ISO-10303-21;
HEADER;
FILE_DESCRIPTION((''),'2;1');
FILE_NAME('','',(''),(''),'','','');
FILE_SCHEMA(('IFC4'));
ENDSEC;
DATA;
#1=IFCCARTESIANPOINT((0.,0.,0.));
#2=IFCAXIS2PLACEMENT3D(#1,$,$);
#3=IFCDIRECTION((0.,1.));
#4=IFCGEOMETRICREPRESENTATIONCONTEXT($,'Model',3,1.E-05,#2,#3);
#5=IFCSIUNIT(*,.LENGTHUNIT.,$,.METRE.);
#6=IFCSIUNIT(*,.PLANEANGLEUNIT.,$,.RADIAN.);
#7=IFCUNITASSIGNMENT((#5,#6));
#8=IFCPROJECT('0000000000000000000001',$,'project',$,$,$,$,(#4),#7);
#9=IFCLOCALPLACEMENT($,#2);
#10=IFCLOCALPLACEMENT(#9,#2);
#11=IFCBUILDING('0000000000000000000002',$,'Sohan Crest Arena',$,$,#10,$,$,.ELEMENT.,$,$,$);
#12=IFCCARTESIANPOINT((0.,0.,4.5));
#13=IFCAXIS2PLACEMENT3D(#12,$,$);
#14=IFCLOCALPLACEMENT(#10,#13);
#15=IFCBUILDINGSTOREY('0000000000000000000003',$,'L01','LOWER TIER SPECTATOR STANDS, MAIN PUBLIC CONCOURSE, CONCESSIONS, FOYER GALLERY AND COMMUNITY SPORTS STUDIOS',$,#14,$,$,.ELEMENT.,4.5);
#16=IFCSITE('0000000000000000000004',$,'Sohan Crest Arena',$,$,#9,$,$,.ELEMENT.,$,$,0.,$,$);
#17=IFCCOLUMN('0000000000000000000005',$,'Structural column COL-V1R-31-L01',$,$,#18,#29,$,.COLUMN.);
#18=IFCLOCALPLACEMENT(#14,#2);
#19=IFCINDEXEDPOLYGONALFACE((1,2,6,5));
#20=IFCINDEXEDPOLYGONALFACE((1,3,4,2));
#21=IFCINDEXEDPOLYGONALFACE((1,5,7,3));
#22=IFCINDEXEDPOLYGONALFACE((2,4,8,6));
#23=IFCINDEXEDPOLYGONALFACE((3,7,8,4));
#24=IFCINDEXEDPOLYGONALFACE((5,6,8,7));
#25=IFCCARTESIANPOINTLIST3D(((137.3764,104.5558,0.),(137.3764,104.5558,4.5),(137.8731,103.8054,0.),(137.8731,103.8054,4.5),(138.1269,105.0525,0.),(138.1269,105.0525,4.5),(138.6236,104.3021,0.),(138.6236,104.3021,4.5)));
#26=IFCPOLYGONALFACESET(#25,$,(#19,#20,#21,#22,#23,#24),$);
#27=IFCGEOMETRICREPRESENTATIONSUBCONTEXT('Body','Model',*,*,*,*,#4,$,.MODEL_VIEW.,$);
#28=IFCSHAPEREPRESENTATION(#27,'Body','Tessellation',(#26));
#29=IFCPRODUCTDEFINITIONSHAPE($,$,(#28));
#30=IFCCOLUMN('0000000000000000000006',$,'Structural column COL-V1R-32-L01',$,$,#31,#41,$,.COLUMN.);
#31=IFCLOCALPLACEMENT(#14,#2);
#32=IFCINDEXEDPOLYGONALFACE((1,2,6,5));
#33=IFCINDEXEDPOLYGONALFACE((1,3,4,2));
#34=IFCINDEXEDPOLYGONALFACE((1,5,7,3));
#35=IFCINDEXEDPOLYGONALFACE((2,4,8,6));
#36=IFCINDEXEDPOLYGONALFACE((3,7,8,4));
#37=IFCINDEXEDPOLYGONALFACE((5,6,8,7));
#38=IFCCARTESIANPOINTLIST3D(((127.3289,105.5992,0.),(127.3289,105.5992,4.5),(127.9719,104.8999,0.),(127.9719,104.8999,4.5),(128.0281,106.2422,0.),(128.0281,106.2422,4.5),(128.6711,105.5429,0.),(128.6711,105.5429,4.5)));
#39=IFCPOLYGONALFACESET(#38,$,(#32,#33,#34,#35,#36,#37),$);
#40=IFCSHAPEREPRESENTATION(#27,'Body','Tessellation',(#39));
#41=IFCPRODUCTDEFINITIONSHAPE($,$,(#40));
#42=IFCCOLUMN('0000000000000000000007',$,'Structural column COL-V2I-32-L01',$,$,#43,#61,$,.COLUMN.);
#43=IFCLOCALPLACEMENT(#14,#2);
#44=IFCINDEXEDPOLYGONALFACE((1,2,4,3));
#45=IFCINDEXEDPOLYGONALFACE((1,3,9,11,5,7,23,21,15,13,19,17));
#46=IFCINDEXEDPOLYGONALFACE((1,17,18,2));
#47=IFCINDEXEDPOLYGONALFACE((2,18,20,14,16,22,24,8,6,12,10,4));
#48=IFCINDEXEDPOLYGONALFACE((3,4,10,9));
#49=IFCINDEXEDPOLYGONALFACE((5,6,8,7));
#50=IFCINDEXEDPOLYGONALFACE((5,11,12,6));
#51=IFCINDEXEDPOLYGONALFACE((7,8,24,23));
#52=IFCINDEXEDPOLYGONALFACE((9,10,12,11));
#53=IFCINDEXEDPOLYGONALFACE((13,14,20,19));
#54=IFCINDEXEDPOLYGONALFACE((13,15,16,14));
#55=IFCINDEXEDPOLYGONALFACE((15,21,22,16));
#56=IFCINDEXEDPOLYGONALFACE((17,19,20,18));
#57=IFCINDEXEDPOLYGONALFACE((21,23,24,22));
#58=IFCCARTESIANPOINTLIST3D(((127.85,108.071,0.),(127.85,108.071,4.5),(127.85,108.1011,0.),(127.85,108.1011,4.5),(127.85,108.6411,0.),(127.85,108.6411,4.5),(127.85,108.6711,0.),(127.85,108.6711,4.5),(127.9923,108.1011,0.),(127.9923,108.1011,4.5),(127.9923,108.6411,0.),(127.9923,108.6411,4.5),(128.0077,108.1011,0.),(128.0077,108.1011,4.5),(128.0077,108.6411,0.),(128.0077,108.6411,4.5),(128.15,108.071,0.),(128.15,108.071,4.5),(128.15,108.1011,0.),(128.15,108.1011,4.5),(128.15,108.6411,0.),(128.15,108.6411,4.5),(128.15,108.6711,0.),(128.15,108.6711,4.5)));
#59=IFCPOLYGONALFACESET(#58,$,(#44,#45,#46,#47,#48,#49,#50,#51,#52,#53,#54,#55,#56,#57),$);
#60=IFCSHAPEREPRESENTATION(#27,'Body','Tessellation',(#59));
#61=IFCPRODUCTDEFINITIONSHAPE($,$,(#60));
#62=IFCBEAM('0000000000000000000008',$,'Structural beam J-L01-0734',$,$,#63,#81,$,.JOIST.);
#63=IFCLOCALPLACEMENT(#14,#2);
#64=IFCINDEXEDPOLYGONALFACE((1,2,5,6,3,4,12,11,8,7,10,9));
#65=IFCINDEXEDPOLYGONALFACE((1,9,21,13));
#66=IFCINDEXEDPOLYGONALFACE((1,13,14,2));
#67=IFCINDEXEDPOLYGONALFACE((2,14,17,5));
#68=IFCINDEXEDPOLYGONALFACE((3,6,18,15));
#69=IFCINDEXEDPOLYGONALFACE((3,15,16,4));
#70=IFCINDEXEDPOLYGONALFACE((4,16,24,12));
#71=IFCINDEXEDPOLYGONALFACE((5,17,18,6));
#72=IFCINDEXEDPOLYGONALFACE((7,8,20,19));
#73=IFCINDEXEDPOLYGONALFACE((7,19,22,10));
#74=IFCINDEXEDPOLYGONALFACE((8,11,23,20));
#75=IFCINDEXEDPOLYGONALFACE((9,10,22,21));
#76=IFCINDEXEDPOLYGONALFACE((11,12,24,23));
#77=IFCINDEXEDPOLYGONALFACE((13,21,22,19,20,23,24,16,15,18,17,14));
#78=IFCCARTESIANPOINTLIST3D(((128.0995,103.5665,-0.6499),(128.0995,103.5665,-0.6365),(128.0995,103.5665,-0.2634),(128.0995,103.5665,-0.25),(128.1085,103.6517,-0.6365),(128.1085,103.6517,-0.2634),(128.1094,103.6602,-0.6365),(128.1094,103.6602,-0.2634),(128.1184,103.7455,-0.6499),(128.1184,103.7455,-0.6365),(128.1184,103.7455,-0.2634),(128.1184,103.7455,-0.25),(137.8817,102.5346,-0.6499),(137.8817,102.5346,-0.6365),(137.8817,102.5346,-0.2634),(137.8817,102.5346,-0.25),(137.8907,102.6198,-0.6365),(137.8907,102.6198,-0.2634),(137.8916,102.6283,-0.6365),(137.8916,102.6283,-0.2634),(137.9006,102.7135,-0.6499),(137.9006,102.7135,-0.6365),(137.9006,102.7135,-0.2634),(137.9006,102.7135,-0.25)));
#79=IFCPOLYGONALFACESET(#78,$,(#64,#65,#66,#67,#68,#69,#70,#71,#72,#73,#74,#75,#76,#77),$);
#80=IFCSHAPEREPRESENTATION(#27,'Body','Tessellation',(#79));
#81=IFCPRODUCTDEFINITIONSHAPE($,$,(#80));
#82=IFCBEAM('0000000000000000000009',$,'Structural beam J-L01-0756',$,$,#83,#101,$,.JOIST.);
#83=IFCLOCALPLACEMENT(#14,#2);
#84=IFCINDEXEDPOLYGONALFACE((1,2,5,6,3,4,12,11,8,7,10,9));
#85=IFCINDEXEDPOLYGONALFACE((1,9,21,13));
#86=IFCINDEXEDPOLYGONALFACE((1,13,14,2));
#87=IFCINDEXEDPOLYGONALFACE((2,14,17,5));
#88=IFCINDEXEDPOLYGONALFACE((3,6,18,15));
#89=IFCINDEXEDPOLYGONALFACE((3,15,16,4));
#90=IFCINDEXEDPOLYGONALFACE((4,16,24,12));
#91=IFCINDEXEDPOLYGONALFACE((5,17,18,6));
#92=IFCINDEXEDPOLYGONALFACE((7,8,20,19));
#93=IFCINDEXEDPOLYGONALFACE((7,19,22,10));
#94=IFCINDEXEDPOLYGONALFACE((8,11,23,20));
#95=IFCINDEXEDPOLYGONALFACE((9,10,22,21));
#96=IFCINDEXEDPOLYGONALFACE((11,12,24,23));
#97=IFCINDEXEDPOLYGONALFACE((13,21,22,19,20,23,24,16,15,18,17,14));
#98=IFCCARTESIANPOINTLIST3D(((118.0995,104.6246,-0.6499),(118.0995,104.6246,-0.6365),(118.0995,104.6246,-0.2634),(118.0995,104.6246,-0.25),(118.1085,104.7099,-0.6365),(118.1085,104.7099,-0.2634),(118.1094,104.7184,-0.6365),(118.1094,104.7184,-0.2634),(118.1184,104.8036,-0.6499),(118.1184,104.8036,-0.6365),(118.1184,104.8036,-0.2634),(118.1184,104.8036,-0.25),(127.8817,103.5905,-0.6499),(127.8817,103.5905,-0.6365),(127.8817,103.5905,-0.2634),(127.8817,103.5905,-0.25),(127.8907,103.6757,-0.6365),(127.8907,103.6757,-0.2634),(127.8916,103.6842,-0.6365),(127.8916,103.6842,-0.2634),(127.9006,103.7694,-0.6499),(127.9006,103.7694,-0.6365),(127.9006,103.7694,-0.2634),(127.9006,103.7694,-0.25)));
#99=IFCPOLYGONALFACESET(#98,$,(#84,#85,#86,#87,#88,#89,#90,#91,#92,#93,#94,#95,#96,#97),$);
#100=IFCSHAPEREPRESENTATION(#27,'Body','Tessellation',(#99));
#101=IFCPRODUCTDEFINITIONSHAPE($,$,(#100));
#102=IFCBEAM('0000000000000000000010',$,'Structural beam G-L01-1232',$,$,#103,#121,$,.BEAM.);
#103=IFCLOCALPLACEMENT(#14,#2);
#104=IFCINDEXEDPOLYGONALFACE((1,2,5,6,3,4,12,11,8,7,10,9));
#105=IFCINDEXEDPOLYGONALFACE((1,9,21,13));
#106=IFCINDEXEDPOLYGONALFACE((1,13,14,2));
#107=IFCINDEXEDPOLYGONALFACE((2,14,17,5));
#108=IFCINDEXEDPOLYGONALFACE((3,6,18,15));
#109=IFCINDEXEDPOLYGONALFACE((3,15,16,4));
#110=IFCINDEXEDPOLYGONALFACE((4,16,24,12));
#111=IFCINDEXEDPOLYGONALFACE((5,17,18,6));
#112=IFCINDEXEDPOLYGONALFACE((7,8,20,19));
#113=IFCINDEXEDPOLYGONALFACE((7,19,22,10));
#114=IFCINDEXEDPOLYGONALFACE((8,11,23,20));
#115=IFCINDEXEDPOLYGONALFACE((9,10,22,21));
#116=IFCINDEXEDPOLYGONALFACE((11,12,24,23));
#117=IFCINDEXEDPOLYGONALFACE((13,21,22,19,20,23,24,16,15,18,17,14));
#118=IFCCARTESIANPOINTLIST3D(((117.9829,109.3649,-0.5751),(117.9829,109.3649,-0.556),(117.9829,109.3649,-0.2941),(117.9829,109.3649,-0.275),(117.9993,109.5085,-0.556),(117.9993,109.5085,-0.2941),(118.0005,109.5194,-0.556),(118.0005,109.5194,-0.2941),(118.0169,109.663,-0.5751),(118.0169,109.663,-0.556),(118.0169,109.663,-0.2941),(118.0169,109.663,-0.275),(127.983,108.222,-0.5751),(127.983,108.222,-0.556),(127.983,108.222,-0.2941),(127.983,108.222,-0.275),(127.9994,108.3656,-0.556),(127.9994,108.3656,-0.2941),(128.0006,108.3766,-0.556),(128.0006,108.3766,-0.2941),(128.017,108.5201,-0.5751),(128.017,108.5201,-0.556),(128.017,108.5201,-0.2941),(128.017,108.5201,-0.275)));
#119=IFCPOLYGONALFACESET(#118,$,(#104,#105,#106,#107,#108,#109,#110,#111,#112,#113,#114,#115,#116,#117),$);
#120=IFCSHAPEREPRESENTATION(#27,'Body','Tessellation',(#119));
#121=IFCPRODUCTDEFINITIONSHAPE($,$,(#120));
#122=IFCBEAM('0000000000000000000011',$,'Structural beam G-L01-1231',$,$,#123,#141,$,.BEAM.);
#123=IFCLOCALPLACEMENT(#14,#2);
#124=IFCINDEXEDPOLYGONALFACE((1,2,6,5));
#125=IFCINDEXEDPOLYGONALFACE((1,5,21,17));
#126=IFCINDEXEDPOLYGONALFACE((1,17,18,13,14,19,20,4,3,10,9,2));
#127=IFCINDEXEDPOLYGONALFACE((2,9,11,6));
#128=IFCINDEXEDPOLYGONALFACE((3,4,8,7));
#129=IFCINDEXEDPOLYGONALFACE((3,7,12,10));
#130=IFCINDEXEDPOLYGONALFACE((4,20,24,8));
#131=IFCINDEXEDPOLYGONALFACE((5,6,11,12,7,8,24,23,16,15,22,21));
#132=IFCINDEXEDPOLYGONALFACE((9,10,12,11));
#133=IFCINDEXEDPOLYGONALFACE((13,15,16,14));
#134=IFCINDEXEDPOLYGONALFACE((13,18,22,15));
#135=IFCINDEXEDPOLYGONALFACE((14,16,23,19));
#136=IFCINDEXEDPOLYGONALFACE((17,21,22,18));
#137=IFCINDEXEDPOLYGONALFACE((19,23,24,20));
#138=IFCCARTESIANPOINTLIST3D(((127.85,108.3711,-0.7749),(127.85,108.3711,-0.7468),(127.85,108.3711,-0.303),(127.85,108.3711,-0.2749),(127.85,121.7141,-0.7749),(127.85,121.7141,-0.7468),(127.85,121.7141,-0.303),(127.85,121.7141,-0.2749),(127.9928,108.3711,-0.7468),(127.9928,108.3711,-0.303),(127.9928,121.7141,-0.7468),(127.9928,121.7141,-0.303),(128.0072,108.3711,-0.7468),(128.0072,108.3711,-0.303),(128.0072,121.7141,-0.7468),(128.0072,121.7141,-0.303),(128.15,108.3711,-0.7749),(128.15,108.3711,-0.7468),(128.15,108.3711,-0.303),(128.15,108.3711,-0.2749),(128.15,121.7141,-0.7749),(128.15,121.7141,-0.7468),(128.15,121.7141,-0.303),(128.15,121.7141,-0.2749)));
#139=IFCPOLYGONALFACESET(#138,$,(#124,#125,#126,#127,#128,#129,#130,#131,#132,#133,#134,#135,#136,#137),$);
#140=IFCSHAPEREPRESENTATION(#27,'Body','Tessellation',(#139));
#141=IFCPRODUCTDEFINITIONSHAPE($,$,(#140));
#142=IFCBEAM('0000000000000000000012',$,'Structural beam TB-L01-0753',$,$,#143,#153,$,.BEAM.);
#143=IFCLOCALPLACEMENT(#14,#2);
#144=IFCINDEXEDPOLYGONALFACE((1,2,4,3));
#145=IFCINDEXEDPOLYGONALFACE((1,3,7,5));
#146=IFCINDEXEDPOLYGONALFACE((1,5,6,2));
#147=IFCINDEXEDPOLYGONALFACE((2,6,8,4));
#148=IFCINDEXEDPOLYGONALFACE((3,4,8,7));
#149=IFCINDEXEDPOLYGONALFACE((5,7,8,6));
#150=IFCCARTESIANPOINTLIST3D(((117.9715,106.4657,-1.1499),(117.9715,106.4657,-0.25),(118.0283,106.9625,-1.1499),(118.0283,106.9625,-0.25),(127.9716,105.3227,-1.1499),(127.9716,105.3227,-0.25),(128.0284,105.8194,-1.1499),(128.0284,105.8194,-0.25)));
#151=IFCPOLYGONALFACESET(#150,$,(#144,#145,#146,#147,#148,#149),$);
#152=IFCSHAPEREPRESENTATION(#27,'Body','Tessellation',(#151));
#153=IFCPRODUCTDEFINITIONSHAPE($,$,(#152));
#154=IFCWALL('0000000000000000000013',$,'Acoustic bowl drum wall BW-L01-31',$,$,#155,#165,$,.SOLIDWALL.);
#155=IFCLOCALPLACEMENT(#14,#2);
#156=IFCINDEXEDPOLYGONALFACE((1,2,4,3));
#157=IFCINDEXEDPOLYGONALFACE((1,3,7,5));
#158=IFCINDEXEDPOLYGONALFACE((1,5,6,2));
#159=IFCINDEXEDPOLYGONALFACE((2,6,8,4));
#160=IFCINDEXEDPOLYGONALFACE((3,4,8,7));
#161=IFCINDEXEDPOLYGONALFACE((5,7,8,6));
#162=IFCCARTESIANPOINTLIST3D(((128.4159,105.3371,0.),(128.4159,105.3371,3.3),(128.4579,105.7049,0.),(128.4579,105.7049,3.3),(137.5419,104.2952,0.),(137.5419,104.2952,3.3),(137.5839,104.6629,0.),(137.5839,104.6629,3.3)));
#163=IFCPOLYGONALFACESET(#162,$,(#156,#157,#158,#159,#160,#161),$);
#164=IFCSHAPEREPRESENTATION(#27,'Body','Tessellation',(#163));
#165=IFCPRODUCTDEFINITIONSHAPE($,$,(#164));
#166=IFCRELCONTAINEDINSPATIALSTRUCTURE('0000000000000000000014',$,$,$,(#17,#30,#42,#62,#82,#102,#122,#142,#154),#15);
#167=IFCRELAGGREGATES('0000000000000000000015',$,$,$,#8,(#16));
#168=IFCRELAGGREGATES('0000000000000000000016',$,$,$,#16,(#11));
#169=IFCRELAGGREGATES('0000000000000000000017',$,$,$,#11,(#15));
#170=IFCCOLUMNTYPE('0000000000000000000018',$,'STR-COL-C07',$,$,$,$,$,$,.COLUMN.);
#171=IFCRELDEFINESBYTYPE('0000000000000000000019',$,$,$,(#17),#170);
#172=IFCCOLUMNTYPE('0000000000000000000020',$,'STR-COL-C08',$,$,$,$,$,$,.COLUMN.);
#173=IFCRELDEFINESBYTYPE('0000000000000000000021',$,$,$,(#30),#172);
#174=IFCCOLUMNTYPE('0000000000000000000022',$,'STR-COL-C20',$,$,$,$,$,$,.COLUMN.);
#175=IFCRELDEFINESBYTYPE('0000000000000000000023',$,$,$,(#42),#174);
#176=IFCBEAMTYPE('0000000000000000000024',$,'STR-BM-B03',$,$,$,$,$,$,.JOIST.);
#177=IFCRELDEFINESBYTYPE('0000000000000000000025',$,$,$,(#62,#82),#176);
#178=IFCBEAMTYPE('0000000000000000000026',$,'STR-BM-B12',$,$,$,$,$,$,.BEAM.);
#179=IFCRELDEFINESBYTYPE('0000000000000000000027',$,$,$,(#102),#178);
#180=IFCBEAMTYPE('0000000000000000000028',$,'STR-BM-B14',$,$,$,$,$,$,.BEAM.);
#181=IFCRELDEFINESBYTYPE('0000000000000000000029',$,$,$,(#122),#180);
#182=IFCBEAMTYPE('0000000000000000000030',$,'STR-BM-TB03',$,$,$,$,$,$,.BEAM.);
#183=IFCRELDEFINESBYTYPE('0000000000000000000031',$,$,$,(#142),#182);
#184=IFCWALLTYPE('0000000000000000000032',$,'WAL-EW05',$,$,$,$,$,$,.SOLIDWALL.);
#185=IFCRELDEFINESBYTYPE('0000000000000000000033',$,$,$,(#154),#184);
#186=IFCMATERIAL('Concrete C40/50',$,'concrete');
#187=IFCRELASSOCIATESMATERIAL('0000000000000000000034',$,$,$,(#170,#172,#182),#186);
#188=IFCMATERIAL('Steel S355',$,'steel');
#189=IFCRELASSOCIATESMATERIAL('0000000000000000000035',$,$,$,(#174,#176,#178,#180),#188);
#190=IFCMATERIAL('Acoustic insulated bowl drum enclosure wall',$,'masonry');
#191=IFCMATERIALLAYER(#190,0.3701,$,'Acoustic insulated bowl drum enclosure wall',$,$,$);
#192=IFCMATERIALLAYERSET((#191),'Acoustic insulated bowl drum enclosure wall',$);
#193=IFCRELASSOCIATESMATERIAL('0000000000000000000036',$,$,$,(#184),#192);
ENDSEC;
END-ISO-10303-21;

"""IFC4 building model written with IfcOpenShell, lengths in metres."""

from ifc_helpers import new_model, si_unit, direction, frame, frame_2d, origin, origin_2d, place, context, subcontext, project, spatial, rectangle, i_section, extrude, material, layer, layer_set, material_profile, profile_set, type_object, element, save


model = new_model("IFC4")

# Units and contexts
model_context = context("Model", 3, precision=1e-05, world=origin(), true_north=direction((0.0, 1.0)))
body_context = subcontext(model_context, "Body", "Model", "MODEL_VIEW")
ifc_project = project(units=[si_unit("LENGTHUNIT", "METRE"), si_unit("PLANEANGLEUNIT", "RADIAN")], contexts=[model_context])

# Site, building, storey
site_placement = place(None, origin())
site = spatial("IfcSite", under=ifc_project, at=site_placement, Name="Sohan Crest Arena", CompositionType="ELEMENT", RefElevation=0.0)
building_placement = place(site_placement, origin())
building = spatial("IfcBuilding", under=site, at=building_placement, Name="Sohan Crest Arena", CompositionType="ELEMENT")
storey_placement = place(building_placement, frame((0.0, 0.0, 4.5)))
storey = spatial("IfcBuildingStorey", under=building, at=storey_placement, Name="L01", Description="LOWER TIER SPECTATOR STANDS, MAIN PUBLIC CONCOURSE, CONCESSIONS, FOYER GALLERY AND COMMUNITY SPORTS STUDIOS", CompositionType="ELEMENT", Elevation=4.5)

# Columns
ifc_material_1 = material(Name="Concrete C40/50", Category="concrete")
ifc_material_profile_1 = material_profile(ifc_material_1, rectangle(XDim=0.8999, YDim=0.8999, at=origin_2d()), Name="RC 900x900")
ifc_profile_set_1 = profile_set([ifc_material_profile_1], Name="Concrete C40/50")
column_type_1 = type_object("IfcColumnType", Name="STR-COL-C07", PredefinedType="COLUMN", material=ifc_profile_set_1)
column_1_placement = place(storey_placement, frame((138.0, 104.429, 0.0), z_axis=(0.0, 0.0, 1.0), x_axis=(0.833886, 0.551937, 0.0)))
element("IfcColumn", 1, at=column_1_placement, inside=storey, type_object=column_type_1, Name="Structural column COL-V1R-31-L01", PredefinedType="COLUMN", context=body_context, shape_type="SweptSolid", body=[
    extrude(rectangle(XDim=0.8999, YDim=0.8999, at=origin_2d()), origin(), (0.0, 0.0, 1.0), 4.5),
])
ifc_material_profile_2 = material_profile(ifc_material_1, rectangle(XDim=0.95, YDim=0.95, at=origin_2d()), Name="RC 950x950")
ifc_profile_set_2 = profile_set([ifc_material_profile_2], Name="Concrete C40/50")
column_type_2 = type_object("IfcColumnType", Name="STR-COL-C08", PredefinedType="COLUMN", material=ifc_profile_set_2)
column_2_placement = place(storey_placement, frame((128.0, 105.571, 0.0), z_axis=(0.0, 0.0, 1.0), x_axis=(0.736097, 0.676876, 0.0)))
element("IfcColumn", 2, at=column_2_placement, inside=storey, type_object=column_type_2, Name="Structural column COL-V1R-32-L01", PredefinedType="COLUMN", context=body_context, shape_type="SweptSolid", body=[
    extrude(rectangle(XDim=0.95, YDim=0.95, at=origin_2d()), origin(), (0.0, 0.0, 1.0), 4.5),
])
ifc_material_2 = material(Name="Steel S355", Category="steel")
ifc_material_profile_3 = material_profile(ifc_material_2, i_section(OverallWidth=0.3, OverallDepth=0.6001, WebThickness=0.0154, FlangeThickness=0.03, at=origin_2d()), Name="HEB 600")
ifc_profile_set_3 = profile_set([ifc_material_profile_3], Name="Steel S355")
column_type_3 = type_object("IfcColumnType", Name="STR-COL-C20", PredefinedType="COLUMN", material=ifc_profile_set_3)
column_3_placement = place(storey_placement, frame((128.0, 108.3711, 0.0), z_axis=(0.0, 0.0, 1.0), x_axis=(1.0, 0.0, 0.0)))
element("IfcColumn", 3, at=column_3_placement, inside=storey, type_object=column_type_3, Name="Structural column COL-V2I-32-L01", PredefinedType="COLUMN", context=body_context, shape_type="SweptSolid", body=[
    extrude(i_section(OverallWidth=0.3, OverallDepth=0.6001, WebThickness=0.0154, FlangeThickness=0.03, at=origin_2d()), origin(), (0.0, 0.0, 1.0), 4.5),
])

# Beams
ifc_material_profile_4 = material_profile(ifc_material_2, i_section(OverallWidth=0.1799, OverallDepth=0.3999, WebThickness=0.0085, FlangeThickness=0.0134, at=origin_2d()), Name="IPE 400")
ifc_profile_set_4 = profile_set([ifc_material_profile_4], Name="Steel S355")
beam_type_1 = type_object("IfcBeamType", Name="STR-BM-B03", PredefinedType="JOIST", material=ifc_profile_set_4)
beam_1_placement = place(storey_placement, frame((137.8911, 102.624, -0.45), z_axis=(-0.994481, 0.104913, 0.0), x_axis=(-0.104913, -0.994481, 0.0)))
element("IfcBeam", 4, at=beam_1_placement, inside=storey, type_object=beam_type_1, Name="Structural beam J-L01-0734", PredefinedType="JOIST", context=body_context, shape_type="SweptSolid", body=[
    extrude(i_section(OverallWidth=0.1799, OverallDepth=0.3999, WebThickness=0.0085, FlangeThickness=0.0134, at=origin_2d()), origin(), (0.0, 0.0, 1.0), 9.8364),
])
beam_2_placement = place(storey_placement, frame((127.8911, 103.6799, -0.45), z_axis=(-0.994458, 0.105134, 0.0), x_axis=(-0.105134, -0.994458, 0.0)))
element("IfcBeam", 5, at=beam_2_placement, inside=storey, type_object=beam_type_1, Name="Structural beam J-L01-0756", PredefinedType="JOIST", context=body_context, shape_type="SweptSolid", body=[
    extrude(i_section(OverallWidth=0.1799, OverallDepth=0.3999, WebThickness=0.0085, FlangeThickness=0.0134, at=origin_2d()), origin(), (0.0, 0.0, 1.0), 9.8367),
])
ifc_material_profile_5 = material_profile(ifc_material_2, i_section(OverallWidth=0.3, OverallDepth=0.3, WebThickness=0.011, FlangeThickness=0.019, at=origin_2d()), Name="HEB 300")
ifc_profile_set_5 = profile_set([ifc_material_profile_5], Name="Steel S355")
beam_type_2 = type_object("IfcBeamType", Name="STR-BM-B12", PredefinedType="BEAM", material=ifc_profile_set_5)
beam_3_placement = place(storey_placement, frame((128.0, 108.3711, -0.425), z_axis=(-0.993533, 0.113543, 0.0), x_axis=(-0.113543, -0.993533, 0.0)))
element("IfcBeam", 6, at=beam_3_placement, inside=storey, type_object=beam_type_2, Name="Structural beam G-L01-1232", PredefinedType="BEAM", context=body_context, shape_type="SweptSolid", body=[
    extrude(i_section(OverallWidth=0.3, OverallDepth=0.3, WebThickness=0.011, FlangeThickness=0.019, at=origin_2d()), origin(), (0.0, 0.0, 1.0), 10.0652),
])
ifc_material_profile_6 = material_profile(ifc_material_2, i_section(OverallWidth=0.3, OverallDepth=0.5, WebThickness=0.0144, FlangeThickness=0.0281, at=origin_2d()), Name="HEB 500")
ifc_profile_set_6 = profile_set([ifc_material_profile_6], Name="Steel S355")
beam_type_3 = type_object("IfcBeamType", Name="STR-BM-B14", PredefinedType="BEAM", material=ifc_profile_set_6)
beam_4_placement = place(storey_placement, frame((128.0, 108.3711, -0.5249), z_axis=(0.0, 1.0, 0.0), x_axis=(-1.0, 0.0, 0.0)))
element("IfcBeam", 7, at=beam_4_placement, inside=storey, type_object=beam_type_3, Name="Structural beam G-L01-1231", PredefinedType="BEAM", context=body_context, shape_type="SweptSolid", body=[
    extrude(i_section(OverallWidth=0.3, OverallDepth=0.5, WebThickness=0.0144, FlangeThickness=0.0281, at=origin_2d()), origin(), (0.0, 0.0, 1.0), 13.343),
])
ifc_material_profile_7 = material_profile(ifc_material_1, rectangle(XDim=0.5, YDim=0.8999, at=origin_2d()), Name="RC-BM 500x900")
ifc_profile_set_7 = profile_set([ifc_material_profile_7], Name="Concrete C40/50")
beam_type_4 = type_object("IfcBeamType", Name="STR-BM-TB03", PredefinedType="BEAM", material=ifc_profile_set_7)
beam_5_placement = place(storey_placement, frame((128.0, 105.571, -0.7), z_axis=(-0.99353, 0.113567, 0.0), x_axis=(-0.113567, -0.99353, 0.0)))
element("IfcBeam", 8, at=beam_5_placement, inside=storey, type_object=beam_type_4, Name="Structural beam TB-L01-0753", PredefinedType="BEAM", context=body_context, shape_type="SweptSolid", body=[
    extrude(rectangle(XDim=0.5, YDim=0.8999, at=origin_2d()), origin(), (0.0, 0.0, 1.0), 10.0652),
])

# Wall
ifc_material_3 = material(Name="Acoustic insulated bowl drum enclosure wall", Category="masonry")
ifc_layer_1 = layer(ifc_material_3, 0.3701, Name="Acoustic insulated bowl drum enclosure wall")
ifc_layer_set_1 = layer_set([ifc_layer_1], Name="Acoustic insulated bowl drum enclosure wall")
wall_type_1 = type_object("IfcWallType", Name="WAL-EW05", PredefinedType="SOLIDWALL", material=ifc_layer_set_1)
wall_1_placement = place(storey_placement, frame((137.563, 104.479, 0.0), z_axis=(0.0, 0.0, 1.0), x_axis=(-0.993545, 0.113442, 0.0)))
element("IfcWall", 9, at=wall_1_placement, inside=storey, type_object=wall_type_1, Name="Acoustic bowl drum wall BW-L01-31", PredefinedType="SOLIDWALL", context=body_context, shape_type="SweptSolid", body=[
    extrude(rectangle(XDim=9.1853, YDim=0.3701, at=frame_2d((4.5928, 0.0))), origin(), (0.0, 0.0, 1.0), 3.3),
])

save(model, "model.ifc")
